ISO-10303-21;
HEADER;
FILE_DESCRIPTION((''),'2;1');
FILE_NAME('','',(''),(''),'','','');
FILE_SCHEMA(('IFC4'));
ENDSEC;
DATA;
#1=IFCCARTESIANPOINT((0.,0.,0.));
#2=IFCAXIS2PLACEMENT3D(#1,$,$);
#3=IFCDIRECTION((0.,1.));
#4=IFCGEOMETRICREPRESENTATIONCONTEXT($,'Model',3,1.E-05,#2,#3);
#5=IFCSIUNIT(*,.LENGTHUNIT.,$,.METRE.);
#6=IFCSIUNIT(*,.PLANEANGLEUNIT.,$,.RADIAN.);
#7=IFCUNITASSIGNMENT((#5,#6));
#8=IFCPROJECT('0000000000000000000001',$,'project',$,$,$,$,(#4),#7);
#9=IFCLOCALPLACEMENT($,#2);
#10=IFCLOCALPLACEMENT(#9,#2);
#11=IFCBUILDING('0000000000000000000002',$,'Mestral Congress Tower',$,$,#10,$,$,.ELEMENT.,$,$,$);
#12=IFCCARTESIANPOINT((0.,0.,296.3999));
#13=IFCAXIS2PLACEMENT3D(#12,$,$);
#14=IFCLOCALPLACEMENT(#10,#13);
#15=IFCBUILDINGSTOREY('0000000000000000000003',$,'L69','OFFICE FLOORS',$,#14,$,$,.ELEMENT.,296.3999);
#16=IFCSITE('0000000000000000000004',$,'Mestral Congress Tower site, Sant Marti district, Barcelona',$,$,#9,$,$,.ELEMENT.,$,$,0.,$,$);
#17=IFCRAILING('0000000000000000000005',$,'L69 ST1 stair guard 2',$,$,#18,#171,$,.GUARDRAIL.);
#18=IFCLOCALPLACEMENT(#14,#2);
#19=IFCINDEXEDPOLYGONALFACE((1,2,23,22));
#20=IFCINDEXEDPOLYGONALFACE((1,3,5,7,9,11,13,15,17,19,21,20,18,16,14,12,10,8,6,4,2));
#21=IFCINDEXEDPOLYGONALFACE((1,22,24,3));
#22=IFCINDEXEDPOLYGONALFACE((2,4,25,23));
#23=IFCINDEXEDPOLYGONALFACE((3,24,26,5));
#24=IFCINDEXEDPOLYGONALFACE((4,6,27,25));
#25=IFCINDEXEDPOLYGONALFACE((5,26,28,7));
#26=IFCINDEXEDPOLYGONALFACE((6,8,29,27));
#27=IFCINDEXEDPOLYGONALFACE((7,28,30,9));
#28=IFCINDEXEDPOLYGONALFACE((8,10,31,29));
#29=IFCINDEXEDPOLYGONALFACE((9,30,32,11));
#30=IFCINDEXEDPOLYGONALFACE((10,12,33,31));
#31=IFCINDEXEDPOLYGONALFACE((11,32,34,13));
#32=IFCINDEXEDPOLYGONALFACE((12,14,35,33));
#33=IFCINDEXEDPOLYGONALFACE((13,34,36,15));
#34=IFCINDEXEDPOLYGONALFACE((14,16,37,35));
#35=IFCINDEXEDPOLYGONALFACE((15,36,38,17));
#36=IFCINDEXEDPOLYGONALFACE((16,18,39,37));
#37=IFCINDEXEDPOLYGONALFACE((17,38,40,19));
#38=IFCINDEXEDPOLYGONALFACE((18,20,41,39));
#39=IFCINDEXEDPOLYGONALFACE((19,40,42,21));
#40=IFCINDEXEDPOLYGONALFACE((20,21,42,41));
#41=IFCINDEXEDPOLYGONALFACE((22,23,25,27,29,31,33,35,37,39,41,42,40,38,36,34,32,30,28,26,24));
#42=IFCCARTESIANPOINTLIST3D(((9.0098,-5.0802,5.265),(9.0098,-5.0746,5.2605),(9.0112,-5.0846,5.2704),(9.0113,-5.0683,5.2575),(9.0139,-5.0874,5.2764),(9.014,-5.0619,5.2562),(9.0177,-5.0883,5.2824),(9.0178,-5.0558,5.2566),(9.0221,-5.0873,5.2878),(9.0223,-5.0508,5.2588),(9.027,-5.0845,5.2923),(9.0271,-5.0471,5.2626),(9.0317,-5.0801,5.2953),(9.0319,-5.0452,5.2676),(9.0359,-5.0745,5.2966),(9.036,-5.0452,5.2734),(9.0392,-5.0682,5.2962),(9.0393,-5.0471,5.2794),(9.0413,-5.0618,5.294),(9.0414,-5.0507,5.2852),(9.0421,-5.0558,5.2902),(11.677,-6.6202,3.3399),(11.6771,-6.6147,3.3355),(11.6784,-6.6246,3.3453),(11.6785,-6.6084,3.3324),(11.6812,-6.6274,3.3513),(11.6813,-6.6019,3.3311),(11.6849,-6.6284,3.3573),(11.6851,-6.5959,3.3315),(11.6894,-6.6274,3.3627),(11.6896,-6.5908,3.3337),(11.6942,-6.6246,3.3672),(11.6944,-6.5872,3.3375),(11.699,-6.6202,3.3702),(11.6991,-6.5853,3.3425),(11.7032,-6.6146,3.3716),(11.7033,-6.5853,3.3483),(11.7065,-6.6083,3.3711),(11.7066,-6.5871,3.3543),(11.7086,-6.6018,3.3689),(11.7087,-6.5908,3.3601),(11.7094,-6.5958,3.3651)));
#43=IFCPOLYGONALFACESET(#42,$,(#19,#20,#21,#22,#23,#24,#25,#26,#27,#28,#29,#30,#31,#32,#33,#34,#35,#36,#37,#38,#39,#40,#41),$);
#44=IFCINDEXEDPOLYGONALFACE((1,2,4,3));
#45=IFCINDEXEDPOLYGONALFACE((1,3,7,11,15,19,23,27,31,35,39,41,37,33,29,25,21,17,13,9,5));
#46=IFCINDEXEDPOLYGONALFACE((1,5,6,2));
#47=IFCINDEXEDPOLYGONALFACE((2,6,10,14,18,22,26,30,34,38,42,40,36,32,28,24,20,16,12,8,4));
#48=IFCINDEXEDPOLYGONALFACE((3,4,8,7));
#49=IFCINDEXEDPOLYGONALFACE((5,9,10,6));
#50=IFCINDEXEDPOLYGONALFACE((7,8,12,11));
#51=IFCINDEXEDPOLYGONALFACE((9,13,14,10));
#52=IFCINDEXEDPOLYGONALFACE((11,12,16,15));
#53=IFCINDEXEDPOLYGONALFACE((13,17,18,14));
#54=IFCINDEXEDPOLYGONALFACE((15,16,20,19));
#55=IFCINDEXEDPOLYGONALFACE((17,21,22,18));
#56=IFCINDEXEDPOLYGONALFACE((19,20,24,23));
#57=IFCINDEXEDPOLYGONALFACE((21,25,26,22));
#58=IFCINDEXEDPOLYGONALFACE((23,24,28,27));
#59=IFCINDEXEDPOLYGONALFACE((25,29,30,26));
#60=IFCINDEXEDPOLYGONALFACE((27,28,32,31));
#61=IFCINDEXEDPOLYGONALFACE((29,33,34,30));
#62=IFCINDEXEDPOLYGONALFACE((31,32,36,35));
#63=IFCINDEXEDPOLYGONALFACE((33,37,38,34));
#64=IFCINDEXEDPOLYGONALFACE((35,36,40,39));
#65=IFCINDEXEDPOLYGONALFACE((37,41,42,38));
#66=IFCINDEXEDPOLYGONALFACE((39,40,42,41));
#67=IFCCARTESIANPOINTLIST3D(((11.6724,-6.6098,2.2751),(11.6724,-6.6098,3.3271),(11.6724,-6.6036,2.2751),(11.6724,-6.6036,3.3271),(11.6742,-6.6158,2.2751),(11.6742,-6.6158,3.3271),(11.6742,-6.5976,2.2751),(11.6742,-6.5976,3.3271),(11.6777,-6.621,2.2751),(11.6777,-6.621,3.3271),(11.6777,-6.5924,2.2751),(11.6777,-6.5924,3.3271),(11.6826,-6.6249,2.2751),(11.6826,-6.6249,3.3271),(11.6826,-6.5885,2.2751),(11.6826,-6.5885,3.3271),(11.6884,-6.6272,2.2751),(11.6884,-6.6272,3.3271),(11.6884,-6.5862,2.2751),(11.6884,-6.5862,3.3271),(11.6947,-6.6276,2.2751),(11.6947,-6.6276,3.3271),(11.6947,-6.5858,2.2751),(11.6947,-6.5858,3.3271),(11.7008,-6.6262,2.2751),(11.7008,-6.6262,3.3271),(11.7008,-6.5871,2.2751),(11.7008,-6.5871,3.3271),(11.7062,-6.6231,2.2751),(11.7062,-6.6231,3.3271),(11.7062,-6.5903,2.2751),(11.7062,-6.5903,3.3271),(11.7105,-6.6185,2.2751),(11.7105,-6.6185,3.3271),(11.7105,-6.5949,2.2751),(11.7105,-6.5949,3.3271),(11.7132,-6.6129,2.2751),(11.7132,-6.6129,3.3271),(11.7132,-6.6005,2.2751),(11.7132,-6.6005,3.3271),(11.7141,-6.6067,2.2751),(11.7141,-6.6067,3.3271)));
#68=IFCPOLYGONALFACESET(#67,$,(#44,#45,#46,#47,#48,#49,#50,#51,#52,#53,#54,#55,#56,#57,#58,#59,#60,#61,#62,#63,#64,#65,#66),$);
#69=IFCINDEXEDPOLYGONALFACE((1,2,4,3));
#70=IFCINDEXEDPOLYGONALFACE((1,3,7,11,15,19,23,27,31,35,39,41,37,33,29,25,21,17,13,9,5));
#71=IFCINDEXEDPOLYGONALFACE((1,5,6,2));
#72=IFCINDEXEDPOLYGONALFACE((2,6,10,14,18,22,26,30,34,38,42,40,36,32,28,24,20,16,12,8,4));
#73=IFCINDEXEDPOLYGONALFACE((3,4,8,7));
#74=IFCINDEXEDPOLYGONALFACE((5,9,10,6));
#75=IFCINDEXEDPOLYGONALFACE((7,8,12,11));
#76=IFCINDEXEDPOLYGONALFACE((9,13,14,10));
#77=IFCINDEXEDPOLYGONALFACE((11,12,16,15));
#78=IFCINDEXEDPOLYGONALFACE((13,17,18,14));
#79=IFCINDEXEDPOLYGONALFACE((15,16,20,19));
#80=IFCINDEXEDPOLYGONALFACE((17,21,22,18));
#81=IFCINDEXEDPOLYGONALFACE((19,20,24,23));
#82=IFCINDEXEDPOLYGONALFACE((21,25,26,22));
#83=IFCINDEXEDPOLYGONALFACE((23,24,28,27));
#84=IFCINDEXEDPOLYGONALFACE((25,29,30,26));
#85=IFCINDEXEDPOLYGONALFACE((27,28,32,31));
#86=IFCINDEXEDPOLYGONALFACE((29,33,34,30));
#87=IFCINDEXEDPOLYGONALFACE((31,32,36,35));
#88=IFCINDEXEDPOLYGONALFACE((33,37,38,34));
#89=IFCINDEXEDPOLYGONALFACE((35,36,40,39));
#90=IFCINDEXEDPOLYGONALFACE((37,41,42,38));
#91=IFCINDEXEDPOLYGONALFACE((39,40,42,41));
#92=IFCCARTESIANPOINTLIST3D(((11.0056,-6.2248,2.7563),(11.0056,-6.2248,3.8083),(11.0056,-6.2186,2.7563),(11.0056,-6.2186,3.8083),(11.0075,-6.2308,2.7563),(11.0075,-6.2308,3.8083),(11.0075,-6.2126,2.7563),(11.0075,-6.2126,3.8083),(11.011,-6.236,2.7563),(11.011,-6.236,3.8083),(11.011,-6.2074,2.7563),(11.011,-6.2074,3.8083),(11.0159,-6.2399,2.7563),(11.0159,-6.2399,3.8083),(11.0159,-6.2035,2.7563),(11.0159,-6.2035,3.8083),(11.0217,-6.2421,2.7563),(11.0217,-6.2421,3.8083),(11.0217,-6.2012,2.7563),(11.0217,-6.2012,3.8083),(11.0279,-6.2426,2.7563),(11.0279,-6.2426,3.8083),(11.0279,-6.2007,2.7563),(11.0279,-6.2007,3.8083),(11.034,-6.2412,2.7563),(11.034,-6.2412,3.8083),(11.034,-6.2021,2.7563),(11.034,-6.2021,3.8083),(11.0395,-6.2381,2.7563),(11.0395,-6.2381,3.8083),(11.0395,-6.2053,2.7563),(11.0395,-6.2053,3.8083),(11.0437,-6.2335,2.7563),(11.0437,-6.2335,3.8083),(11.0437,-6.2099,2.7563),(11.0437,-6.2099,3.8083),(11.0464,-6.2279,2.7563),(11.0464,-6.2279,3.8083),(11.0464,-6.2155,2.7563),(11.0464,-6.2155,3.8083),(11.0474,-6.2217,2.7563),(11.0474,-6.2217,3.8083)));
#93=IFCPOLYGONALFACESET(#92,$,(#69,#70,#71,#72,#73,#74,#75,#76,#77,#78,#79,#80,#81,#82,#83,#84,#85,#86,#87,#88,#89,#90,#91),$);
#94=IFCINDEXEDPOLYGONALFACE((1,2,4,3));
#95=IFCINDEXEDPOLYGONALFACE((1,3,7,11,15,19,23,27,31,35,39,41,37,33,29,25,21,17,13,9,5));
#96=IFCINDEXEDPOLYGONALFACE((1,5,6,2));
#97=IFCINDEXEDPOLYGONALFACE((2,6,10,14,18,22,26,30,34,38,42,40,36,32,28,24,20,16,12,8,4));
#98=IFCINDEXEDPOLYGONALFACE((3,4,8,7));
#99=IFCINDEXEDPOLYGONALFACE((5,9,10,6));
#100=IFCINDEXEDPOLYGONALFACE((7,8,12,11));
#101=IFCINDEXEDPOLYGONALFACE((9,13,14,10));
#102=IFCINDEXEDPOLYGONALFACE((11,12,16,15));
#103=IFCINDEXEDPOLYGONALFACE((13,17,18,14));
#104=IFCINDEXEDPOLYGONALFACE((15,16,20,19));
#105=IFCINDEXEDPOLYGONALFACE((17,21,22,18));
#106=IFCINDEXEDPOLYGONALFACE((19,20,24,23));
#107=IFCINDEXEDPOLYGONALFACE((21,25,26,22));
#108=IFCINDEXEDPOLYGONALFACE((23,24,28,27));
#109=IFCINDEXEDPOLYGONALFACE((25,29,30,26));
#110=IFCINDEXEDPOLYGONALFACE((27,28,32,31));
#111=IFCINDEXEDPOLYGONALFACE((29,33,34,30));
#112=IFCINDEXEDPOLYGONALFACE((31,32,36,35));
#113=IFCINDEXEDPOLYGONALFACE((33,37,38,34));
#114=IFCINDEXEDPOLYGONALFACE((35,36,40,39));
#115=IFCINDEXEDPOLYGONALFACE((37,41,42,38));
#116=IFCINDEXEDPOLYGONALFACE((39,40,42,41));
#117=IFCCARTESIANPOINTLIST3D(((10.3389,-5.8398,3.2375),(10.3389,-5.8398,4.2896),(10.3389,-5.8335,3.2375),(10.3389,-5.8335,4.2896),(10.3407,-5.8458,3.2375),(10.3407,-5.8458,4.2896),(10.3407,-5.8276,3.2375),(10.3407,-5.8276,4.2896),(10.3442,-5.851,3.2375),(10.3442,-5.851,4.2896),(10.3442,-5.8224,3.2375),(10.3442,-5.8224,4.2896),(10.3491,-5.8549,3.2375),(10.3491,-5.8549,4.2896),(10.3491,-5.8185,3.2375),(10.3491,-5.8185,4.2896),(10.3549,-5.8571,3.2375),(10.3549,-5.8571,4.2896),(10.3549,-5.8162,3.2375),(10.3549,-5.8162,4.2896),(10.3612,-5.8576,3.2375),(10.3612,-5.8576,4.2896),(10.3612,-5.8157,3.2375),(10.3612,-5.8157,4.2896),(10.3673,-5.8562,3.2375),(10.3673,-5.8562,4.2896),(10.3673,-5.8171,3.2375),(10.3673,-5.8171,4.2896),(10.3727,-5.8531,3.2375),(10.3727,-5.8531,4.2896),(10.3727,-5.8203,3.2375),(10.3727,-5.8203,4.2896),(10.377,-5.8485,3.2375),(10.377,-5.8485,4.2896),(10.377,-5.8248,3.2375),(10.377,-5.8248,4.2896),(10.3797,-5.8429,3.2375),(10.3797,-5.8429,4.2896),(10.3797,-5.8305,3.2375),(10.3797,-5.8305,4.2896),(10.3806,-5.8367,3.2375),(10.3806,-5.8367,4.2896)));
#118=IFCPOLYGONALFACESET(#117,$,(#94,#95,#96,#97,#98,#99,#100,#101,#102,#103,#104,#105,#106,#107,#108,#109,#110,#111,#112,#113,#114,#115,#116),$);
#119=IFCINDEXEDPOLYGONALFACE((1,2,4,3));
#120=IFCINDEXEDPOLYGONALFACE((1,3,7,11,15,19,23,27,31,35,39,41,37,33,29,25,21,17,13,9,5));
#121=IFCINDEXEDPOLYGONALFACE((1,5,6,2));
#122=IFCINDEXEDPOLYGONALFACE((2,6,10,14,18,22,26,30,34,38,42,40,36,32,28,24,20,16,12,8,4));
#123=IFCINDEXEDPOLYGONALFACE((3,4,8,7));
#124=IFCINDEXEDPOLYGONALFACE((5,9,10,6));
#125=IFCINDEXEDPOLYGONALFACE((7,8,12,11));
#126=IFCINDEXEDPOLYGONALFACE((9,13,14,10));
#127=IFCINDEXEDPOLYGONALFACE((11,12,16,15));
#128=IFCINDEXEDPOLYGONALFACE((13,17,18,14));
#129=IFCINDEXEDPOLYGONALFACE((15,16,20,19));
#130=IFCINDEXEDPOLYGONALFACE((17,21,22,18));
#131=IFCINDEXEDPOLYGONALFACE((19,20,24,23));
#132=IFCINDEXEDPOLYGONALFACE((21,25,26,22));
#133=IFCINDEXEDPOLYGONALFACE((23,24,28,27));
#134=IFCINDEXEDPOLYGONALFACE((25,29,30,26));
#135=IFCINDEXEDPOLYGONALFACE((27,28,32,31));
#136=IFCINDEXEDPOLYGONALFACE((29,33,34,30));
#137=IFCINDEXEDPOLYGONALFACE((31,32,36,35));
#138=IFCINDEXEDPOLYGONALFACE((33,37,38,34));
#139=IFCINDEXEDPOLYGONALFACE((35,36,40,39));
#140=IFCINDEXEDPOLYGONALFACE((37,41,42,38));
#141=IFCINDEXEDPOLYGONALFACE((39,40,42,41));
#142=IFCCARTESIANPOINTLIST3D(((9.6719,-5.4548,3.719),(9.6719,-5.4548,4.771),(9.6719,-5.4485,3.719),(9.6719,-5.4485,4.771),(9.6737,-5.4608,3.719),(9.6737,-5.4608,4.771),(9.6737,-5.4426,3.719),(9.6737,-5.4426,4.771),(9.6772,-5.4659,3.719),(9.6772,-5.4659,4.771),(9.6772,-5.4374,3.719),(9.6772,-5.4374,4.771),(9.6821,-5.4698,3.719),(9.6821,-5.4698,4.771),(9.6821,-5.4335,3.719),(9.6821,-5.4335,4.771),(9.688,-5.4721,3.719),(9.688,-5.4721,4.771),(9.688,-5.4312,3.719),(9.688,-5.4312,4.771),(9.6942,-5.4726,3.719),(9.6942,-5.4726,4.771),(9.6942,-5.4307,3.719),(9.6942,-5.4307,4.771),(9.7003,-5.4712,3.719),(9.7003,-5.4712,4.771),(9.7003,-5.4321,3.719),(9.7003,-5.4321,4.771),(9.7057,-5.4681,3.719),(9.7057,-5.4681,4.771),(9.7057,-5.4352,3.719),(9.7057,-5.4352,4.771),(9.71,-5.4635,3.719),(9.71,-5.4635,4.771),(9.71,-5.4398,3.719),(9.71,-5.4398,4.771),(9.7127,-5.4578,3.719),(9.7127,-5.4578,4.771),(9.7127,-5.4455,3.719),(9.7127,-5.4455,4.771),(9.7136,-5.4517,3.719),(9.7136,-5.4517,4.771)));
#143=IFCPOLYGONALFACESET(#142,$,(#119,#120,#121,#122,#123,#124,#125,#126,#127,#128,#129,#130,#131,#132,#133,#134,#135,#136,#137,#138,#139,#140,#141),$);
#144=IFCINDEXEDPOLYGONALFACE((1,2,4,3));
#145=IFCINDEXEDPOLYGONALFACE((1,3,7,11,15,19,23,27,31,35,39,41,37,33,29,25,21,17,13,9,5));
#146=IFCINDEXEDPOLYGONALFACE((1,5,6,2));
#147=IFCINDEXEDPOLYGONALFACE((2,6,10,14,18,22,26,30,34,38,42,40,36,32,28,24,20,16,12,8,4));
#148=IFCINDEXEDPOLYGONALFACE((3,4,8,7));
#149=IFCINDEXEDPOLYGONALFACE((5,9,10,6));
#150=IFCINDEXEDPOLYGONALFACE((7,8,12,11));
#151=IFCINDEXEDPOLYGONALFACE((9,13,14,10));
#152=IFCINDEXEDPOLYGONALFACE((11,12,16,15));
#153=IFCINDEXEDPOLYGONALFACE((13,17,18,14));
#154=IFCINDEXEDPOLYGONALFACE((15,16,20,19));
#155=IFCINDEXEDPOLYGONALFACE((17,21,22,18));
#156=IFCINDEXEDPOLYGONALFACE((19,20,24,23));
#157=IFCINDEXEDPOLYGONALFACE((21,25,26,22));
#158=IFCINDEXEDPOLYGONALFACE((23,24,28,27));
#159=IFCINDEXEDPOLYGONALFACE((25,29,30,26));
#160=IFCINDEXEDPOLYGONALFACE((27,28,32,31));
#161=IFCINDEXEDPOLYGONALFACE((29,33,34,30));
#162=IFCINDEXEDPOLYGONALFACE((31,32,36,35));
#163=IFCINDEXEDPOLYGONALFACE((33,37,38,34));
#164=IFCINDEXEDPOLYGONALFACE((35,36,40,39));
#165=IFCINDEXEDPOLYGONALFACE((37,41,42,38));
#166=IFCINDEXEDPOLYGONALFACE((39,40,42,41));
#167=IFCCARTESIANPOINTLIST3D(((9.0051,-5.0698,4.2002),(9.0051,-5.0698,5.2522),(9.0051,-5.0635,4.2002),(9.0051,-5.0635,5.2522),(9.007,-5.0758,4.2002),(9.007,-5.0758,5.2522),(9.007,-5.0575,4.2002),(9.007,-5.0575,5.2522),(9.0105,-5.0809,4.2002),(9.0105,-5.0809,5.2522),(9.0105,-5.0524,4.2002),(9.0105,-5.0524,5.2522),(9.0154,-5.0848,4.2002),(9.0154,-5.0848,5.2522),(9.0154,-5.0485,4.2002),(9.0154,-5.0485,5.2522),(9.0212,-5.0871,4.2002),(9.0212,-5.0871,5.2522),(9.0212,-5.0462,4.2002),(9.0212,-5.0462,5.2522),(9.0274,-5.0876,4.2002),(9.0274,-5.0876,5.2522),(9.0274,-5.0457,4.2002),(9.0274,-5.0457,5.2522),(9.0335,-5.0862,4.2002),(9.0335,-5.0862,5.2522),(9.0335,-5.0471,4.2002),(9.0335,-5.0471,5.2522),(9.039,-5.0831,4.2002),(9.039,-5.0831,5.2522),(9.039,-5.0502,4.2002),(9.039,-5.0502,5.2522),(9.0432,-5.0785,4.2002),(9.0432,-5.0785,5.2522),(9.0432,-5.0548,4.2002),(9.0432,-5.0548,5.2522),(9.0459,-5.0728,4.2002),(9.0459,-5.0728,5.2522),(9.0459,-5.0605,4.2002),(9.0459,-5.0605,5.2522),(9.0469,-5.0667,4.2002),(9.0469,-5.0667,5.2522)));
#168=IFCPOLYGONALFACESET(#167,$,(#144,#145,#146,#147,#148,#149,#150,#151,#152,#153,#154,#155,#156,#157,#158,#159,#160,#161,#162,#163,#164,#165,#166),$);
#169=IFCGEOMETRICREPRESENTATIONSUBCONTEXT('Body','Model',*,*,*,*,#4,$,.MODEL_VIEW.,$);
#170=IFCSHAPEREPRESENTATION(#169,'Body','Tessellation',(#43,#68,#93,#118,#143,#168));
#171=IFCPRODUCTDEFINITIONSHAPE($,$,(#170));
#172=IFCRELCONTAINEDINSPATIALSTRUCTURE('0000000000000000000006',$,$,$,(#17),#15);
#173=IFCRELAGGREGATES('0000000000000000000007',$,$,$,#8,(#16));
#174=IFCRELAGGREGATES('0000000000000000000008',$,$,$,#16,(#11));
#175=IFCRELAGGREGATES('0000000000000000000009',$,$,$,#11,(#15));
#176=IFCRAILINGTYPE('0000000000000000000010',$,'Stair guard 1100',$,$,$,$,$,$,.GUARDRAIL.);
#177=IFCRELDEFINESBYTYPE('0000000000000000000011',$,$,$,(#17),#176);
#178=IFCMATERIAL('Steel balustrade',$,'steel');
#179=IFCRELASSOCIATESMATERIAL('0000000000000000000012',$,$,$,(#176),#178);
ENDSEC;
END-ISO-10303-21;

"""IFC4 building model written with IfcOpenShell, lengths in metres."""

from ifc_helpers import new_model, si_unit, direction, frame, origin, origin_2d, place, context, subcontext, project, spatial, circle, extrude, material, type_object, element, save


model = new_model("IFC4")

# Units and contexts
model_context = context("Model", 3, precision=1e-05, world=origin(), true_north=direction((0.0, 1.0)))
body_context = subcontext(model_context, "Body", "Model", "MODEL_VIEW")
ifc_project = project(units=[si_unit("LENGTHUNIT", "METRE"), si_unit("PLANEANGLEUNIT", "RADIAN")], contexts=[model_context])

# Site, building, storey
site_placement = place(None, origin())
site = spatial("IfcSite", under=ifc_project, at=site_placement, Name="Mestral Congress Tower site, Sant Marti district, Barcelona", CompositionType="ELEMENT", RefElevation=0.0)
building_placement = place(site_placement, origin())
building = spatial("IfcBuilding", under=site, at=building_placement, Name="Mestral Congress Tower", CompositionType="ELEMENT")
storey_placement = place(building_placement, frame((0.0, 0.0, 296.3999)))
storey = spatial("IfcBuildingStorey", under=building, at=storey_placement, Name="L69", Description="OFFICE FLOORS", CompositionType="ELEMENT", Elevation=296.3999)

# Railing
ifc_material_1 = material(Name="Steel balustrade", Category="steel")
railing_type = type_object("IfcRailingType", Name="Stair guard 1100", PredefinedType="GUARDRAIL", material=ifc_material_1)
railing_placement = place(storey_placement, frame((11.6931, -6.6067, 2.2751)))
element("IfcRailing", 1, at=railing_placement, inside=storey, type_object=railing_type, Name="L69 ST1 stair guard 2", PredefinedType="GUARDRAIL", context=body_context, shape_type="SweptSolid", body=[
    extrude(circle(Radius=0.0239, at=origin_2d()), frame((0.0, 0.0, 1.0762), z_axis=(-0.734364, 0.424015, 0.530019), x_axis=(-0.500027, -0.86601, 0.0)), (0.0, 0.0, 1.0), 3.6321),
    extrude(circle(Radius=0.021, at=origin_2d()), origin(), (0.0, 0.0, 1.0), 1.052),
    extrude(circle(Radius=0.021, at=origin_2d()), frame((-0.6667, 0.385, 0.4812)), (0.0, 0.0, 1.0), 1.052),
    extrude(circle(Radius=0.021, at=origin_2d()), frame((-1.3335, 0.77, 0.9624)), (0.0, 0.0, 1.0), 1.052),
    extrude(circle(Radius=0.021, at=origin_2d()), frame((-2.0005, 1.155, 1.4438)), (0.0, 0.0, 1.0), 1.052),
    extrude(circle(Radius=0.021, at=origin_2d()), frame((-2.6672, 1.54, 1.925)), (0.0, 0.0, 1.0), 1.052),
])

save(model, "model.ifc")
